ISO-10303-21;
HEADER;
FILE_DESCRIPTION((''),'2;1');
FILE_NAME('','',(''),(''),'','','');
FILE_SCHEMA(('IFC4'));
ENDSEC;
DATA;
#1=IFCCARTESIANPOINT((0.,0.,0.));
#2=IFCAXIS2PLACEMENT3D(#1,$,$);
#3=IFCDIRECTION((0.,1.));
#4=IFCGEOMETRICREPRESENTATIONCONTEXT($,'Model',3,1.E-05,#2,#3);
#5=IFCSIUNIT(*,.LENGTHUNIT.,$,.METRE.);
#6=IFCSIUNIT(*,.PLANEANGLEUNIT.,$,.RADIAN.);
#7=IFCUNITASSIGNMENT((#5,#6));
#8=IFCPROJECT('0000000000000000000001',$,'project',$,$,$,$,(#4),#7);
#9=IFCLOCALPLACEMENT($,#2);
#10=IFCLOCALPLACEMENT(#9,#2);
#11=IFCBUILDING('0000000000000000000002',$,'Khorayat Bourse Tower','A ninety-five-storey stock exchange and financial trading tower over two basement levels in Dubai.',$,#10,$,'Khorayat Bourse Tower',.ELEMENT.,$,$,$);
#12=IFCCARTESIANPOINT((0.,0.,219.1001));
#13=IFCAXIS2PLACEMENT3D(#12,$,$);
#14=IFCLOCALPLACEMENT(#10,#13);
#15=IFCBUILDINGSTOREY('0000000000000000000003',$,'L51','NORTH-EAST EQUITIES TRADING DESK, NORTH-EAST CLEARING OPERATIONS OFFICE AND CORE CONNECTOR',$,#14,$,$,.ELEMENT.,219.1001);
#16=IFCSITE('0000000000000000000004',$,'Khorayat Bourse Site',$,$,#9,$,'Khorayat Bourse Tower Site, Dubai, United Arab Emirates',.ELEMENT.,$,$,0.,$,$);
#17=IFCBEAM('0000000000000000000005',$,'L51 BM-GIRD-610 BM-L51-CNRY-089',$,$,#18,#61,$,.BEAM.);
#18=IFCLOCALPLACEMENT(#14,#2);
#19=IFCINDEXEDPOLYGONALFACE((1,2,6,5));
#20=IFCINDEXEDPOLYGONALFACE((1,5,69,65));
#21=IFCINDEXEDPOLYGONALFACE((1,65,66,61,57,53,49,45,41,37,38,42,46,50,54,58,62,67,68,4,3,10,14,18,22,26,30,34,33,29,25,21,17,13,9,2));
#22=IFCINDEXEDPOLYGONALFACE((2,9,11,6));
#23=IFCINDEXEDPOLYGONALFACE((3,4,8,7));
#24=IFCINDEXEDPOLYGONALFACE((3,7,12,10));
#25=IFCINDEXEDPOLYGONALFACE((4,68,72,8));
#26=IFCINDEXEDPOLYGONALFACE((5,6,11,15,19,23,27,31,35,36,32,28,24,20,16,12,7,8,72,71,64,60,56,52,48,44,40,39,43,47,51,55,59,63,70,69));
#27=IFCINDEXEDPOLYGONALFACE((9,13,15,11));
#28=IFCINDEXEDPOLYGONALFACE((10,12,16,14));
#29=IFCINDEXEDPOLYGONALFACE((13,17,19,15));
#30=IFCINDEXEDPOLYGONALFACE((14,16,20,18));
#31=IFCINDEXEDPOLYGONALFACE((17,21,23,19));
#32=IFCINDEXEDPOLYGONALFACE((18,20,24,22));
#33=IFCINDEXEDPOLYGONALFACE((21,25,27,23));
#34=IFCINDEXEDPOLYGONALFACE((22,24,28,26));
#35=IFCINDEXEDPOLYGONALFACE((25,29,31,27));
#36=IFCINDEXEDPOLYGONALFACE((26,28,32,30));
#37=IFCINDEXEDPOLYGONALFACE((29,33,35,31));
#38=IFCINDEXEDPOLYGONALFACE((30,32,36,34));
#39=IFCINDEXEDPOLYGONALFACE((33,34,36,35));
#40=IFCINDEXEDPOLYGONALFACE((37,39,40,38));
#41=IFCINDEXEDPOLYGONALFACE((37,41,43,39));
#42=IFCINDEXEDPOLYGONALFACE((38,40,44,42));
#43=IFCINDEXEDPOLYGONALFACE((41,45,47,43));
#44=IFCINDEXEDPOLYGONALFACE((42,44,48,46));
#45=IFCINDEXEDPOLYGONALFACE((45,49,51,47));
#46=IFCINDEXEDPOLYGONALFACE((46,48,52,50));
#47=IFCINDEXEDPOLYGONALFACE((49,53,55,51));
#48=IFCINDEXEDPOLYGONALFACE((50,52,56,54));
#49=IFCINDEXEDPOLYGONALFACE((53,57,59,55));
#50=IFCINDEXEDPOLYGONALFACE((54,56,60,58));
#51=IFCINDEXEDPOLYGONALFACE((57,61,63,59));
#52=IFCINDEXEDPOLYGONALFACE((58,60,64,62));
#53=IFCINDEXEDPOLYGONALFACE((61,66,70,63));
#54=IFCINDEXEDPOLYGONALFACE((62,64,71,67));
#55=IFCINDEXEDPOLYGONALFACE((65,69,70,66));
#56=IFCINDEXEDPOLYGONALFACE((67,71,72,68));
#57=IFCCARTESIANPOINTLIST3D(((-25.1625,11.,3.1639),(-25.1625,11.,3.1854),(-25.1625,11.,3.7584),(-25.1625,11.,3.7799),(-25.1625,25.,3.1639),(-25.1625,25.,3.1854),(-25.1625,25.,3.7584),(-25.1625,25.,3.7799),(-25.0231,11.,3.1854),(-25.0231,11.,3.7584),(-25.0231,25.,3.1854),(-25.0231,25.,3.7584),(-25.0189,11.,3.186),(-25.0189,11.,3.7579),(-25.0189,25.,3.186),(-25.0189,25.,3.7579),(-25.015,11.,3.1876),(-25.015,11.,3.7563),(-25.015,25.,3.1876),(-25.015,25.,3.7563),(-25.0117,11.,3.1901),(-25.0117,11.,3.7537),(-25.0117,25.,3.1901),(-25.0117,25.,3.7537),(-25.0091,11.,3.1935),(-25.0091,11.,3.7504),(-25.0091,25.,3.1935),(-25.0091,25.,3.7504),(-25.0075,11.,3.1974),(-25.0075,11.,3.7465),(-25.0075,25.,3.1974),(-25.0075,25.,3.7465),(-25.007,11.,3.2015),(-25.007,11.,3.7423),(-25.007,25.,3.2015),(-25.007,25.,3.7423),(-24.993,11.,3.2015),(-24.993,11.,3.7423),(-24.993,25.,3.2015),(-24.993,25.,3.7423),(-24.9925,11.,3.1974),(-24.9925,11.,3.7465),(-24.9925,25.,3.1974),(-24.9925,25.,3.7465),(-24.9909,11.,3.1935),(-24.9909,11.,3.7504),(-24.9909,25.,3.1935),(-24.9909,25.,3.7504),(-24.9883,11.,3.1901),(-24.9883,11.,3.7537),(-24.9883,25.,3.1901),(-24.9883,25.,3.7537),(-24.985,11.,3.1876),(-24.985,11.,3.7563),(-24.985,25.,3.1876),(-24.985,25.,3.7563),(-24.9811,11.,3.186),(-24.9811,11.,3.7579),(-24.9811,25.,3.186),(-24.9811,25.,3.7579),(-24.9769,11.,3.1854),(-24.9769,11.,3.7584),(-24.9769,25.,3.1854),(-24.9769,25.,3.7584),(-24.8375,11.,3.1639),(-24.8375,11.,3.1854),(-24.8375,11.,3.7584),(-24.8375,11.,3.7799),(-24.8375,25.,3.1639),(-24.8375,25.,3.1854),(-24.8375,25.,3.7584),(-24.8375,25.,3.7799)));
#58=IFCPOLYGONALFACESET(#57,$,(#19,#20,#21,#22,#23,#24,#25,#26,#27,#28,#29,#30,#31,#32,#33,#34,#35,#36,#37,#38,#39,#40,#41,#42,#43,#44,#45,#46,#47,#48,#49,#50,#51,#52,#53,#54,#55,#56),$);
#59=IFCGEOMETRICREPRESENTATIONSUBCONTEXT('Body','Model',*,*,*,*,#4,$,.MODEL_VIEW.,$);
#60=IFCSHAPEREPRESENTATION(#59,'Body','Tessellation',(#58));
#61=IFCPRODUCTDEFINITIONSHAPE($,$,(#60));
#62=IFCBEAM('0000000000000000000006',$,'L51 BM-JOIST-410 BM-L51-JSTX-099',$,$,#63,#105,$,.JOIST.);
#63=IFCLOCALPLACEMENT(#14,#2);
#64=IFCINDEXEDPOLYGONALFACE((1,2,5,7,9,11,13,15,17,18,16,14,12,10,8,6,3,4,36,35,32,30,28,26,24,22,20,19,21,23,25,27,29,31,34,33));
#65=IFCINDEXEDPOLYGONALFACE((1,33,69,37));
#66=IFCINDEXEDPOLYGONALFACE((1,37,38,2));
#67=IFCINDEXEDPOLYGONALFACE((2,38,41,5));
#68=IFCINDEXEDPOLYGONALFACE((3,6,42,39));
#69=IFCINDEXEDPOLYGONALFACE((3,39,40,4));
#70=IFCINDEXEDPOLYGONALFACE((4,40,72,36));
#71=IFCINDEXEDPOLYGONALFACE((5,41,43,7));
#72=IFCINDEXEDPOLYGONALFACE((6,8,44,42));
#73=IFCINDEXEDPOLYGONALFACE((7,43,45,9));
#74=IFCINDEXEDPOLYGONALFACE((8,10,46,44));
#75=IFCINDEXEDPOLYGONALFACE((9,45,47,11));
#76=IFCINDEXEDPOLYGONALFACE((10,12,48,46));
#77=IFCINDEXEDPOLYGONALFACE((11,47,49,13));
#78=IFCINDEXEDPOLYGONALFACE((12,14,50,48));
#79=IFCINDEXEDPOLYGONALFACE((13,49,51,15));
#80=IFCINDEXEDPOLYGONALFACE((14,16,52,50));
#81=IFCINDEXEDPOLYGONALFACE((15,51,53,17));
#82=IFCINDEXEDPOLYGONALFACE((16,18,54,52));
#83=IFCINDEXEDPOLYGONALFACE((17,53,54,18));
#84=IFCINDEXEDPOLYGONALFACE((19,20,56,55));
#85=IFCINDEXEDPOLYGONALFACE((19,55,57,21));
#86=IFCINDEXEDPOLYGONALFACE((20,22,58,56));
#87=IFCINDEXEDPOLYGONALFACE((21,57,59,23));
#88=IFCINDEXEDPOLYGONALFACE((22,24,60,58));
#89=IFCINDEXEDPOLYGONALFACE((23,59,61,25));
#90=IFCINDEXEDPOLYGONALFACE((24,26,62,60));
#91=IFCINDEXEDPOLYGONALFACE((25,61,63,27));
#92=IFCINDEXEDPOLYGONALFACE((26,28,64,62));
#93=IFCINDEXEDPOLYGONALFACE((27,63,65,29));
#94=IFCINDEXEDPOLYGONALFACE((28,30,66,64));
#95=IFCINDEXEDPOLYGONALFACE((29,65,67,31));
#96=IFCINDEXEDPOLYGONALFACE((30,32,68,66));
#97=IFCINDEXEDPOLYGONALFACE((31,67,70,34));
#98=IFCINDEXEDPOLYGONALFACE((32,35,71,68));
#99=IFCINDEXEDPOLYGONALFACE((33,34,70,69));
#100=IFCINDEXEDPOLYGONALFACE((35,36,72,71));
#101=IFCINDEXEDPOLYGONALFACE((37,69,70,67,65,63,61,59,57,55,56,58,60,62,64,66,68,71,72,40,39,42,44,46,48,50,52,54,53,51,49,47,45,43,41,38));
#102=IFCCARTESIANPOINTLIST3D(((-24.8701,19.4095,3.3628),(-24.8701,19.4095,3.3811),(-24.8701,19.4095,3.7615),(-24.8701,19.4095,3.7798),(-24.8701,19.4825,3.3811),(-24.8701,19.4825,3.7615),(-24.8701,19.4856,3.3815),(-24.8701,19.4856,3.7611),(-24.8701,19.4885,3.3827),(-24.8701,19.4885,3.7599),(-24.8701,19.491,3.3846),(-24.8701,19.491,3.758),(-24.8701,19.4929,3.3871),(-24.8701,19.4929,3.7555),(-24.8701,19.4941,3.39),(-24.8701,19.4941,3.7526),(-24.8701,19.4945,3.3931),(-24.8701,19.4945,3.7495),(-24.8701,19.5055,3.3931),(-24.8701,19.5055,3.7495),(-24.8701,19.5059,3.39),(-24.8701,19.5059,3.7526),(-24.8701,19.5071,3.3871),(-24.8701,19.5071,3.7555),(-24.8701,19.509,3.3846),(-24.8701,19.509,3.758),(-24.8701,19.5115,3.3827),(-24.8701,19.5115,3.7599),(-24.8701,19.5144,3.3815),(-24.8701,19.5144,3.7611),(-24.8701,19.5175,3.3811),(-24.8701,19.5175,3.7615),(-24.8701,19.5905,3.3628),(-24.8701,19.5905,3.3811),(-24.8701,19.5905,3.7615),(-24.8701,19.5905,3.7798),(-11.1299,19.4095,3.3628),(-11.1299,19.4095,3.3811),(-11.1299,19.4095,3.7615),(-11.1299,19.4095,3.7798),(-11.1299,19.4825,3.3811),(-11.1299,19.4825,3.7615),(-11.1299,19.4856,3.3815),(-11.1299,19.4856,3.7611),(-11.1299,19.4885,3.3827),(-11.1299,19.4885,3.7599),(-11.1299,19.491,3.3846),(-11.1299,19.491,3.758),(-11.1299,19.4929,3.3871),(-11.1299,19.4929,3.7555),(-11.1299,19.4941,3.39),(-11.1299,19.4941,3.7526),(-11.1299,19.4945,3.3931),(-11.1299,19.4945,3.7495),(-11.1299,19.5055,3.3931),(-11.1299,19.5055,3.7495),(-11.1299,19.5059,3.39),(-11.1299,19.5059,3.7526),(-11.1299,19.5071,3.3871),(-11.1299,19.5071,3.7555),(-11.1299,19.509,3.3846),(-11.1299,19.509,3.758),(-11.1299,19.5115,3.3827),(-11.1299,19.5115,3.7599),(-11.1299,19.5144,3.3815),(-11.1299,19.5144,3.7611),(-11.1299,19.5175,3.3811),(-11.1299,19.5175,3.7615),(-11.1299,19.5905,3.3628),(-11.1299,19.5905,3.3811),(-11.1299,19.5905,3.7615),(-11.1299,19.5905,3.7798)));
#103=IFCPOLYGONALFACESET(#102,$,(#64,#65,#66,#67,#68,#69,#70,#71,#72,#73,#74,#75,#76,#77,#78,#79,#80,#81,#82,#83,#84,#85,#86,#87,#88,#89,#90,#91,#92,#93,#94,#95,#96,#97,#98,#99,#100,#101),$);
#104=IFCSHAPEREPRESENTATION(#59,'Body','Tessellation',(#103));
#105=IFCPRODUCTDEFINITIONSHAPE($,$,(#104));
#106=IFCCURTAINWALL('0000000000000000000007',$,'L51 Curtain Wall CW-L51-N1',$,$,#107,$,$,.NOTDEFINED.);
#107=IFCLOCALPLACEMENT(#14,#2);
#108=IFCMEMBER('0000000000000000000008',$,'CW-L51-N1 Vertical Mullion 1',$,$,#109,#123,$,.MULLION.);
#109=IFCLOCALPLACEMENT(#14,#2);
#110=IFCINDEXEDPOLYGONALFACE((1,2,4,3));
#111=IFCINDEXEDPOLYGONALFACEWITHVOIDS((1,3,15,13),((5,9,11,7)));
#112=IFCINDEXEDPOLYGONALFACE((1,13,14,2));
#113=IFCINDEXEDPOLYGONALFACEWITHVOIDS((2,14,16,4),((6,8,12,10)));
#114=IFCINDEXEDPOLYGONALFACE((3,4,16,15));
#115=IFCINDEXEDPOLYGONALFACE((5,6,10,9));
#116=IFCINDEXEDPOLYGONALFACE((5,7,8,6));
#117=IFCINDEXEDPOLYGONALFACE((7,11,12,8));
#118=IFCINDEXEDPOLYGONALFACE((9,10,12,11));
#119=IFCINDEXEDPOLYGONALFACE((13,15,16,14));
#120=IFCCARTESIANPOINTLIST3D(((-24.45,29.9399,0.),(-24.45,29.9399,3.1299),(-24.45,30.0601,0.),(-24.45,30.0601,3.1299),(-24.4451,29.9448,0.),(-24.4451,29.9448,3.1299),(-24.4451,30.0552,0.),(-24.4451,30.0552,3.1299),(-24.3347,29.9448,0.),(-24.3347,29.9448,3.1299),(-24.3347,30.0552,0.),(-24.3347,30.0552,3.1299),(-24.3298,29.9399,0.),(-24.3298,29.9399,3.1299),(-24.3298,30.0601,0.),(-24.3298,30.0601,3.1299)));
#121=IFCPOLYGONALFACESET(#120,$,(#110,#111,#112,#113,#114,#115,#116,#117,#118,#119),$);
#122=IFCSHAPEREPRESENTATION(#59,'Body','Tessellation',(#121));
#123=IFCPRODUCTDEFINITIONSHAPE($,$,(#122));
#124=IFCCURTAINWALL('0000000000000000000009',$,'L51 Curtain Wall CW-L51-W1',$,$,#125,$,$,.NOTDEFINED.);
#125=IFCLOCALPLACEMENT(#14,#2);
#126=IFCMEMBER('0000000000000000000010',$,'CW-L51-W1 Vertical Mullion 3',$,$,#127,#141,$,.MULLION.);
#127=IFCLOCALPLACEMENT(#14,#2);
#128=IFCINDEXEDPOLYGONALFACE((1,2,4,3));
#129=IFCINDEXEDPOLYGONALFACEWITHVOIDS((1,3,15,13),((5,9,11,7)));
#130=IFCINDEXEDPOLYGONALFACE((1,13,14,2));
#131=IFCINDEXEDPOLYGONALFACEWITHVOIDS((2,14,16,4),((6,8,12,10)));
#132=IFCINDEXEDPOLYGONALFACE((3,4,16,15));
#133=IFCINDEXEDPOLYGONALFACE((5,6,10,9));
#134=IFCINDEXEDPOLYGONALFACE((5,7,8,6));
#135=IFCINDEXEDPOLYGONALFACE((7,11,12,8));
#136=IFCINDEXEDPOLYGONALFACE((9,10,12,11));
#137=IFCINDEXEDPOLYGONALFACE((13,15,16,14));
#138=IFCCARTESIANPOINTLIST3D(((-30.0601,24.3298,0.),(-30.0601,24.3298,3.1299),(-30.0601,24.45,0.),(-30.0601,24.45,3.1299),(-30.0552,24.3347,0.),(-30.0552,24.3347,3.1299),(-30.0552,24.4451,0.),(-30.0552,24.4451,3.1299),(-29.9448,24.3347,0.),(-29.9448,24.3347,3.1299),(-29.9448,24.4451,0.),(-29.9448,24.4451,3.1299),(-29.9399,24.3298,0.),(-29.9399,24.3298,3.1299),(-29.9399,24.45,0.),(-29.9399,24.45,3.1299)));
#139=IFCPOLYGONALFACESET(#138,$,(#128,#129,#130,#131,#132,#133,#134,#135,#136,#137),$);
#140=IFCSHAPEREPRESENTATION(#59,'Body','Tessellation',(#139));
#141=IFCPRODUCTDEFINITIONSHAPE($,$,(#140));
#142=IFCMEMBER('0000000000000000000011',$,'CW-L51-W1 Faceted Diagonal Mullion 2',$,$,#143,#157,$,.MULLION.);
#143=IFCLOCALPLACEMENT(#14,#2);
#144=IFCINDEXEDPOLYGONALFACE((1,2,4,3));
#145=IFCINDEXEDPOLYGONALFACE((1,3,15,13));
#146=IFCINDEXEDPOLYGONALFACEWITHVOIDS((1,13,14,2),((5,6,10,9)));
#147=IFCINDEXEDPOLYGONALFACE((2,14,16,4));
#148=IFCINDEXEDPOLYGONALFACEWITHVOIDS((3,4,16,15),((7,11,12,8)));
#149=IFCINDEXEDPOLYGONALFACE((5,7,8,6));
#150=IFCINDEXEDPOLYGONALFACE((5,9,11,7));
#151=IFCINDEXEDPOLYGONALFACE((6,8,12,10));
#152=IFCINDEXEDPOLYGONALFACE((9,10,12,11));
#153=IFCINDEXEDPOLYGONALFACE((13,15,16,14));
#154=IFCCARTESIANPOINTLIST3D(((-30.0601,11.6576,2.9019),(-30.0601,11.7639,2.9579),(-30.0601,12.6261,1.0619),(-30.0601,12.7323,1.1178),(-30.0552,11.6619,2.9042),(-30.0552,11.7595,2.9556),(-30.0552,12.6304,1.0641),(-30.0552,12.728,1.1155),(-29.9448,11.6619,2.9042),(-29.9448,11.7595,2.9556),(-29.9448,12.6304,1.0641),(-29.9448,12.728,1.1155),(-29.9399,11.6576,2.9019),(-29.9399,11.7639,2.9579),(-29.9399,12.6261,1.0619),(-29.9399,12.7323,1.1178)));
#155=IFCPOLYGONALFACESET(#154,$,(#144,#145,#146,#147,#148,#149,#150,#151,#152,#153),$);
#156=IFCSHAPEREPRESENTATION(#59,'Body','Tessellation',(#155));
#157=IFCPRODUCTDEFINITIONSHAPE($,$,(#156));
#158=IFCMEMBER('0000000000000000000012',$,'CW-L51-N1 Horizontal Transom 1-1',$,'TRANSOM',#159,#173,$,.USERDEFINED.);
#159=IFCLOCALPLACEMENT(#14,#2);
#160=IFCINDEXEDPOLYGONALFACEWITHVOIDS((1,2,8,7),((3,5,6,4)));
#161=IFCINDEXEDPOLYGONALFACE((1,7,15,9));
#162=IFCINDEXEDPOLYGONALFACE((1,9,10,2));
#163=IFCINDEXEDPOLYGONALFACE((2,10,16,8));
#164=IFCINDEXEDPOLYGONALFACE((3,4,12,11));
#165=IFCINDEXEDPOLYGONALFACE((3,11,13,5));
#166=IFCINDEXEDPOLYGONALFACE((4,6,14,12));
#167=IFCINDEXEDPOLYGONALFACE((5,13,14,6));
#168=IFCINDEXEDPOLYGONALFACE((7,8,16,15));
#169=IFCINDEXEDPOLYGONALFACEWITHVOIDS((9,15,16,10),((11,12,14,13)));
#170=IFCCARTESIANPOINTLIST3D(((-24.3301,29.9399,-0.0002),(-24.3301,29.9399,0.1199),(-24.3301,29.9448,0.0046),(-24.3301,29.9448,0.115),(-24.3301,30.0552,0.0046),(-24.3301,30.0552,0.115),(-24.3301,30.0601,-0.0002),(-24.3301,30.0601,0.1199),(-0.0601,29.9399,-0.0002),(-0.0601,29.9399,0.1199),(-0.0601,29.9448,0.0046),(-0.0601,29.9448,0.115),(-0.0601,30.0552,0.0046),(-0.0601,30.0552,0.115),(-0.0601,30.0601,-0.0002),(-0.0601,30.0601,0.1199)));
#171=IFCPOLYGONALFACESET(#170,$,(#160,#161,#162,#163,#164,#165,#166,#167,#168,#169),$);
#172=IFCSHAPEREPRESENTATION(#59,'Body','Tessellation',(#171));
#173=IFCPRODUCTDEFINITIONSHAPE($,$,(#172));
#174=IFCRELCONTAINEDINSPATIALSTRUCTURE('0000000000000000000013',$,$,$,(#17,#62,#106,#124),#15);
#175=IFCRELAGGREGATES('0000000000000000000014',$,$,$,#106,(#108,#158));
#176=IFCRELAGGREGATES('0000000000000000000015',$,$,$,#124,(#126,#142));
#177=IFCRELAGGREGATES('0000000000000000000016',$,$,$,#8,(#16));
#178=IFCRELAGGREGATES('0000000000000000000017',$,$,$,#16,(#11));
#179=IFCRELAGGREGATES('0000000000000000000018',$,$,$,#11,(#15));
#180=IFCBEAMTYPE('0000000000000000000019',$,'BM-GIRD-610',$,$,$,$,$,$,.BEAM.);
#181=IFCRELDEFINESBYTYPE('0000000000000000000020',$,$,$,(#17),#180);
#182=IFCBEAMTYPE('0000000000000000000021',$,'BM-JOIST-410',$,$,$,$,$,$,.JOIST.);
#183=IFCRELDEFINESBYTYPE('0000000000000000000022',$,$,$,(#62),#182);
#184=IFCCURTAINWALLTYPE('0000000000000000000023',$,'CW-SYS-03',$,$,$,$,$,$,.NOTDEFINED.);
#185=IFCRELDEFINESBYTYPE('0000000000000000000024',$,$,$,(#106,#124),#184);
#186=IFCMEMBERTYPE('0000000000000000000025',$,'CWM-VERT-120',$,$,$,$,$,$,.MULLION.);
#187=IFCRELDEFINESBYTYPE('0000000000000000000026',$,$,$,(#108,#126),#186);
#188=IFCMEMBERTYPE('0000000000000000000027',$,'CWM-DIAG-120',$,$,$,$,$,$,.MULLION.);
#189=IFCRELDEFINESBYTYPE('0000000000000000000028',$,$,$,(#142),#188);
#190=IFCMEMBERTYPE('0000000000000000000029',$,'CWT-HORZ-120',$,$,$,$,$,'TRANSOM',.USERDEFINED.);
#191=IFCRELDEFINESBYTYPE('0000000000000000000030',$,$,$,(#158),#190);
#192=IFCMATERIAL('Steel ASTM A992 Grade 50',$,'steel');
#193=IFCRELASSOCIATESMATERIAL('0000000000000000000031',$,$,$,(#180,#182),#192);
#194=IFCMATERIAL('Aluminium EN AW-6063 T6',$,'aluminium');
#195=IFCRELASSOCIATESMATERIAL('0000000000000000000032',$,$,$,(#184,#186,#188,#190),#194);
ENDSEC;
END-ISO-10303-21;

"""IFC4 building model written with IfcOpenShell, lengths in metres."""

from ifc_helpers import new_model, si_unit, direction, frame, origin, origin_2d, place, context, subcontext, project, spatial, hollow_rectangle, i_section, extrude, source, transform, mapped, material, material_profile, profile_set, type_object, element, aggregate, save


model = new_model("IFC4")

# Units and contexts
model_context = context("Model", 3, precision=1e-05, world=origin(), true_north=direction((0.0, 1.0)))
body_context = subcontext(model_context, "Body", "Model", "MODEL_VIEW")
ifc_project = project(units=[si_unit("LENGTHUNIT", "METRE"), si_unit("PLANEANGLEUNIT", "RADIAN")], contexts=[model_context])

# Site, building, storey
site_placement = place(None, origin())
site = spatial("IfcSite", under=ifc_project, at=site_placement, Name="Khorayat Bourse Site", LongName="Khorayat Bourse Tower Site, Dubai, United Arab Emirates", CompositionType="ELEMENT", RefElevation=0.0)
building_placement = place(site_placement, origin())
building = spatial("IfcBuilding", under=site, at=building_placement, Name="Khorayat Bourse Tower", Description="A ninety-five-storey stock exchange and financial trading tower over two basement levels in Dubai.", LongName="Khorayat Bourse Tower", CompositionType="ELEMENT")
storey_placement = place(building_placement, frame((0.0, 0.0, 219.1001)))
storey = spatial("IfcBuildingStorey", under=building, at=storey_placement, Name="L51", Description="NORTH-EAST EQUITIES TRADING DESK, NORTH-EAST CLEARING OPERATIONS OFFICE AND CORE CONNECTOR", CompositionType="ELEMENT", Elevation=219.1001)

# Beams
ifc_material_1 = material(Name="Steel ASTM A992 Grade 50", Category="steel")
ifc_material_profile_1 = material_profile(ifc_material_1, i_section(OverallWidth=0.325, OverallDepth=0.616, WebThickness=0.0139, FlangeThickness=0.0215, FilletRadius=0.0161, at=origin_2d()), Name="W610X174")
ifc_profile_set_1 = profile_set([ifc_material_profile_1], Name="Steel ASTM A992 Grade 50")
beam_type_1 = type_object("IfcBeamType", Name="BM-GIRD-610", PredefinedType="BEAM", material=ifc_profile_set_1)
shared_shape_1 = source(origin(), body_context, "Body", "SweptSolid", [
    extrude(i_section(OverallWidth=0.325, OverallDepth=0.616, WebThickness=0.0139, FlangeThickness=0.0215, FilletRadius=0.0161, at=origin_2d()), origin(), (0.0, 0.0, 1.0), 14.0),
])
beam_1_placement = place(storey_placement, frame((-25.0, 11.0, 3.4719), z_axis=(0.0, 1.0, 0.0), x_axis=(-1.0, 0.0, 0.0)))
element("IfcBeam", 1, at=beam_1_placement, inside=storey, type_object=beam_type_1, Name="L51 BM-GIRD-610 BM-L51-CNRY-089", PredefinedType="BEAM", context=body_context, shape_type="MappedRepresentation", body=[
    mapped(shared_shape_1, transform((0.0, 0.0, 0.0), scale=1.0)),
])
ifc_material_profile_2 = material_profile(ifc_material_1, i_section(OverallWidth=0.1809, OverallDepth=0.417, WebThickness=0.011, FlangeThickness=0.0183, FilletRadius=0.012, at=origin_2d()), Name="W410X85")
ifc_profile_set_2 = profile_set([ifc_material_profile_2], Name="Steel ASTM A992 Grade 50")
beam_type_2 = type_object("IfcBeamType", Name="BM-JOIST-410", PredefinedType="JOIST", material=ifc_profile_set_2)
shared_shape_2 = source(origin(), body_context, "Body", "SweptSolid", [
    extrude(i_section(OverallWidth=0.1809, OverallDepth=0.417, WebThickness=0.011, FlangeThickness=0.0183, FilletRadius=0.012, at=origin_2d()), origin(), (0.0, 0.0, 1.0), 13.7402),
])
beam_2_placement = place(storey_placement, frame((-24.8701, 19.5, 3.5713), z_axis=(1.0, 0.0, 0.0), x_axis=(0.0, 1.0, 0.0)))
element("IfcBeam", 2, at=beam_2_placement, inside=storey, type_object=beam_type_2, Name="L51 BM-JOIST-410 BM-L51-JSTX-099", PredefinedType="JOIST", context=body_context, shape_type="MappedRepresentation", body=[
    mapped(shared_shape_2, transform((0.0, 0.0, 0.0), scale=1.0)),
])

# Curtain wall, member
ifc_material_2 = material(Name="Aluminium EN AW-6063 T6", Category="aluminium")
curtain_wall_type = type_object("IfcCurtainWallType", Name="CW-SYS-03", PredefinedType="NOTDEFINED", material=ifc_material_2)
curtain_wall_1_placement = place(storey_placement, origin())
curtain_wall_1 = element("IfcCurtainWall", 3, at=curtain_wall_1_placement, inside=storey, type_object=curtain_wall_type, Name="L51 Curtain Wall CW-L51-N1", PredefinedType="NOTDEFINED")
ifc_material_profile_3 = material_profile(ifc_material_2, hollow_rectangle(XDim=0.1201, YDim=0.1201, WallThickness=0.0049, at=origin_2d()), Name="ALU 120x120x5")
ifc_profile_set_3 = profile_set([ifc_material_profile_3], Name="Aluminium EN AW-6063 T6")
member_type_1 = type_object("IfcMemberType", Name="CWM-VERT-120", PredefinedType="MULLION", material=ifc_profile_set_3)
shared_shape_3 = source(origin(), body_context, "Body", "SweptSolid", [
    extrude(hollow_rectangle(XDim=0.1201, YDim=0.1201, WallThickness=0.0049, at=origin_2d()), origin(), (0.0, 0.0, 1.0), 3.1299),
])
member_1_placement = place(storey_placement, frame((-24.3899, 30.0, 0.0), z_axis=(0.0, 0.0, 1.0), x_axis=(0.0, 1.0, 0.0)))
member_1 = element("IfcMember", 4, at=member_1_placement, type_object=member_type_1, Name="CW-L51-N1 Vertical Mullion 1", PredefinedType="MULLION", context=body_context, shape_type="MappedRepresentation", body=[
    mapped(shared_shape_3, transform((0.0, 0.0, 0.0), scale=1.0)),
])

# Curtain wall, members
curtain_wall_2_placement = place(storey_placement, origin())
curtain_wall_2 = element("IfcCurtainWall", 5, at=curtain_wall_2_placement, inside=storey, type_object=curtain_wall_type, Name="L51 Curtain Wall CW-L51-W1", PredefinedType="NOTDEFINED")
member_2_placement = place(storey_placement, frame((-30.0, 24.3899, 0.0), z_axis=(0.0, 0.0, 1.0), x_axis=(-1.0, 0.0, 0.0)))
member_2 = element("IfcMember", 6, at=member_2_placement, type_object=member_type_1, Name="CW-L51-W1 Vertical Mullion 3", PredefinedType="MULLION", context=body_context, shape_type="MappedRepresentation", body=[
    mapped(shared_shape_3, transform((0.0, 0.0, 0.0), scale=1.0)),
])
ifc_material_profile_4 = material_profile(ifc_material_2, hollow_rectangle(XDim=0.1201, YDim=0.1201, WallThickness=0.0049, at=origin_2d()), Name="ALU 120x120x5")
ifc_profile_set_4 = profile_set([ifc_material_profile_4], Name="Aluminium EN AW-6063 T6")
member_type_2 = type_object("IfcMemberType", Name="CWM-DIAG-120", PredefinedType="MULLION", material=ifc_profile_set_4)
shared_shape_4 = source(origin(), body_context, "Body", "SweptSolid", [
    extrude(hollow_rectangle(XDim=0.1201, YDim=0.1201, WallThickness=0.0049, at=origin_2d()), origin(), (0.0, 0.0, 1.0), 2.0793),
])
member_3_placement = place(storey_placement, frame((-30.0, 12.6792, 1.0898), z_axis=(0.0, -0.465761, 0.884911), x_axis=(1.0, 0.0, 0.0)))
member_3 = element("IfcMember", 7, at=member_3_placement, type_object=member_type_2, Name="CW-L51-W1 Faceted Diagonal Mullion 2", PredefinedType="MULLION", context=body_context, shape_type="MappedRepresentation", body=[
    mapped(shared_shape_4, transform((0.0, 0.0, 0.0), scale=1.0)),
])

# Member
ifc_material_profile_5 = material_profile(ifc_material_2, hollow_rectangle(XDim=0.1201, YDim=0.1201, WallThickness=0.0049, at=origin_2d()), Name="ALU 120x120x5")
ifc_profile_set_5 = profile_set([ifc_material_profile_5], Name="Aluminium EN AW-6063 T6")
member_type_3 = type_object("IfcMemberType", Name="CWT-HORZ-120", ElementType="TRANSOM", PredefinedType="USERDEFINED", material=ifc_profile_set_5)
shared_shape_5 = source(origin(), body_context, "Body", "SweptSolid", [
    extrude(hollow_rectangle(XDim=0.1201, YDim=0.1201, WallThickness=0.0049, at=origin_2d()), origin(), (0.0, 0.0, 1.0), 24.27),
])
member_4_placement = place(storey_placement, frame((-24.3301, 30.0, 0.0598), z_axis=(1.0, 0.0, 0.0), x_axis=(0.0, 1.0, 0.0)))
member_4 = element("IfcMember", 8, at=member_4_placement, type_object=member_type_3, Name="CW-L51-N1 Horizontal Transom 1-1", ObjectType="TRANSOM", PredefinedType="USERDEFINED", context=body_context, shape_type="MappedRepresentation", body=[
    mapped(shared_shape_5, transform((0.0, 0.0, 0.0), scale=1.0)),
])
aggregate(curtain_wall_1, [member_1, member_4])

aggregate(curtain_wall_2, [member_2, member_3])

save(model, "model.ifc")
